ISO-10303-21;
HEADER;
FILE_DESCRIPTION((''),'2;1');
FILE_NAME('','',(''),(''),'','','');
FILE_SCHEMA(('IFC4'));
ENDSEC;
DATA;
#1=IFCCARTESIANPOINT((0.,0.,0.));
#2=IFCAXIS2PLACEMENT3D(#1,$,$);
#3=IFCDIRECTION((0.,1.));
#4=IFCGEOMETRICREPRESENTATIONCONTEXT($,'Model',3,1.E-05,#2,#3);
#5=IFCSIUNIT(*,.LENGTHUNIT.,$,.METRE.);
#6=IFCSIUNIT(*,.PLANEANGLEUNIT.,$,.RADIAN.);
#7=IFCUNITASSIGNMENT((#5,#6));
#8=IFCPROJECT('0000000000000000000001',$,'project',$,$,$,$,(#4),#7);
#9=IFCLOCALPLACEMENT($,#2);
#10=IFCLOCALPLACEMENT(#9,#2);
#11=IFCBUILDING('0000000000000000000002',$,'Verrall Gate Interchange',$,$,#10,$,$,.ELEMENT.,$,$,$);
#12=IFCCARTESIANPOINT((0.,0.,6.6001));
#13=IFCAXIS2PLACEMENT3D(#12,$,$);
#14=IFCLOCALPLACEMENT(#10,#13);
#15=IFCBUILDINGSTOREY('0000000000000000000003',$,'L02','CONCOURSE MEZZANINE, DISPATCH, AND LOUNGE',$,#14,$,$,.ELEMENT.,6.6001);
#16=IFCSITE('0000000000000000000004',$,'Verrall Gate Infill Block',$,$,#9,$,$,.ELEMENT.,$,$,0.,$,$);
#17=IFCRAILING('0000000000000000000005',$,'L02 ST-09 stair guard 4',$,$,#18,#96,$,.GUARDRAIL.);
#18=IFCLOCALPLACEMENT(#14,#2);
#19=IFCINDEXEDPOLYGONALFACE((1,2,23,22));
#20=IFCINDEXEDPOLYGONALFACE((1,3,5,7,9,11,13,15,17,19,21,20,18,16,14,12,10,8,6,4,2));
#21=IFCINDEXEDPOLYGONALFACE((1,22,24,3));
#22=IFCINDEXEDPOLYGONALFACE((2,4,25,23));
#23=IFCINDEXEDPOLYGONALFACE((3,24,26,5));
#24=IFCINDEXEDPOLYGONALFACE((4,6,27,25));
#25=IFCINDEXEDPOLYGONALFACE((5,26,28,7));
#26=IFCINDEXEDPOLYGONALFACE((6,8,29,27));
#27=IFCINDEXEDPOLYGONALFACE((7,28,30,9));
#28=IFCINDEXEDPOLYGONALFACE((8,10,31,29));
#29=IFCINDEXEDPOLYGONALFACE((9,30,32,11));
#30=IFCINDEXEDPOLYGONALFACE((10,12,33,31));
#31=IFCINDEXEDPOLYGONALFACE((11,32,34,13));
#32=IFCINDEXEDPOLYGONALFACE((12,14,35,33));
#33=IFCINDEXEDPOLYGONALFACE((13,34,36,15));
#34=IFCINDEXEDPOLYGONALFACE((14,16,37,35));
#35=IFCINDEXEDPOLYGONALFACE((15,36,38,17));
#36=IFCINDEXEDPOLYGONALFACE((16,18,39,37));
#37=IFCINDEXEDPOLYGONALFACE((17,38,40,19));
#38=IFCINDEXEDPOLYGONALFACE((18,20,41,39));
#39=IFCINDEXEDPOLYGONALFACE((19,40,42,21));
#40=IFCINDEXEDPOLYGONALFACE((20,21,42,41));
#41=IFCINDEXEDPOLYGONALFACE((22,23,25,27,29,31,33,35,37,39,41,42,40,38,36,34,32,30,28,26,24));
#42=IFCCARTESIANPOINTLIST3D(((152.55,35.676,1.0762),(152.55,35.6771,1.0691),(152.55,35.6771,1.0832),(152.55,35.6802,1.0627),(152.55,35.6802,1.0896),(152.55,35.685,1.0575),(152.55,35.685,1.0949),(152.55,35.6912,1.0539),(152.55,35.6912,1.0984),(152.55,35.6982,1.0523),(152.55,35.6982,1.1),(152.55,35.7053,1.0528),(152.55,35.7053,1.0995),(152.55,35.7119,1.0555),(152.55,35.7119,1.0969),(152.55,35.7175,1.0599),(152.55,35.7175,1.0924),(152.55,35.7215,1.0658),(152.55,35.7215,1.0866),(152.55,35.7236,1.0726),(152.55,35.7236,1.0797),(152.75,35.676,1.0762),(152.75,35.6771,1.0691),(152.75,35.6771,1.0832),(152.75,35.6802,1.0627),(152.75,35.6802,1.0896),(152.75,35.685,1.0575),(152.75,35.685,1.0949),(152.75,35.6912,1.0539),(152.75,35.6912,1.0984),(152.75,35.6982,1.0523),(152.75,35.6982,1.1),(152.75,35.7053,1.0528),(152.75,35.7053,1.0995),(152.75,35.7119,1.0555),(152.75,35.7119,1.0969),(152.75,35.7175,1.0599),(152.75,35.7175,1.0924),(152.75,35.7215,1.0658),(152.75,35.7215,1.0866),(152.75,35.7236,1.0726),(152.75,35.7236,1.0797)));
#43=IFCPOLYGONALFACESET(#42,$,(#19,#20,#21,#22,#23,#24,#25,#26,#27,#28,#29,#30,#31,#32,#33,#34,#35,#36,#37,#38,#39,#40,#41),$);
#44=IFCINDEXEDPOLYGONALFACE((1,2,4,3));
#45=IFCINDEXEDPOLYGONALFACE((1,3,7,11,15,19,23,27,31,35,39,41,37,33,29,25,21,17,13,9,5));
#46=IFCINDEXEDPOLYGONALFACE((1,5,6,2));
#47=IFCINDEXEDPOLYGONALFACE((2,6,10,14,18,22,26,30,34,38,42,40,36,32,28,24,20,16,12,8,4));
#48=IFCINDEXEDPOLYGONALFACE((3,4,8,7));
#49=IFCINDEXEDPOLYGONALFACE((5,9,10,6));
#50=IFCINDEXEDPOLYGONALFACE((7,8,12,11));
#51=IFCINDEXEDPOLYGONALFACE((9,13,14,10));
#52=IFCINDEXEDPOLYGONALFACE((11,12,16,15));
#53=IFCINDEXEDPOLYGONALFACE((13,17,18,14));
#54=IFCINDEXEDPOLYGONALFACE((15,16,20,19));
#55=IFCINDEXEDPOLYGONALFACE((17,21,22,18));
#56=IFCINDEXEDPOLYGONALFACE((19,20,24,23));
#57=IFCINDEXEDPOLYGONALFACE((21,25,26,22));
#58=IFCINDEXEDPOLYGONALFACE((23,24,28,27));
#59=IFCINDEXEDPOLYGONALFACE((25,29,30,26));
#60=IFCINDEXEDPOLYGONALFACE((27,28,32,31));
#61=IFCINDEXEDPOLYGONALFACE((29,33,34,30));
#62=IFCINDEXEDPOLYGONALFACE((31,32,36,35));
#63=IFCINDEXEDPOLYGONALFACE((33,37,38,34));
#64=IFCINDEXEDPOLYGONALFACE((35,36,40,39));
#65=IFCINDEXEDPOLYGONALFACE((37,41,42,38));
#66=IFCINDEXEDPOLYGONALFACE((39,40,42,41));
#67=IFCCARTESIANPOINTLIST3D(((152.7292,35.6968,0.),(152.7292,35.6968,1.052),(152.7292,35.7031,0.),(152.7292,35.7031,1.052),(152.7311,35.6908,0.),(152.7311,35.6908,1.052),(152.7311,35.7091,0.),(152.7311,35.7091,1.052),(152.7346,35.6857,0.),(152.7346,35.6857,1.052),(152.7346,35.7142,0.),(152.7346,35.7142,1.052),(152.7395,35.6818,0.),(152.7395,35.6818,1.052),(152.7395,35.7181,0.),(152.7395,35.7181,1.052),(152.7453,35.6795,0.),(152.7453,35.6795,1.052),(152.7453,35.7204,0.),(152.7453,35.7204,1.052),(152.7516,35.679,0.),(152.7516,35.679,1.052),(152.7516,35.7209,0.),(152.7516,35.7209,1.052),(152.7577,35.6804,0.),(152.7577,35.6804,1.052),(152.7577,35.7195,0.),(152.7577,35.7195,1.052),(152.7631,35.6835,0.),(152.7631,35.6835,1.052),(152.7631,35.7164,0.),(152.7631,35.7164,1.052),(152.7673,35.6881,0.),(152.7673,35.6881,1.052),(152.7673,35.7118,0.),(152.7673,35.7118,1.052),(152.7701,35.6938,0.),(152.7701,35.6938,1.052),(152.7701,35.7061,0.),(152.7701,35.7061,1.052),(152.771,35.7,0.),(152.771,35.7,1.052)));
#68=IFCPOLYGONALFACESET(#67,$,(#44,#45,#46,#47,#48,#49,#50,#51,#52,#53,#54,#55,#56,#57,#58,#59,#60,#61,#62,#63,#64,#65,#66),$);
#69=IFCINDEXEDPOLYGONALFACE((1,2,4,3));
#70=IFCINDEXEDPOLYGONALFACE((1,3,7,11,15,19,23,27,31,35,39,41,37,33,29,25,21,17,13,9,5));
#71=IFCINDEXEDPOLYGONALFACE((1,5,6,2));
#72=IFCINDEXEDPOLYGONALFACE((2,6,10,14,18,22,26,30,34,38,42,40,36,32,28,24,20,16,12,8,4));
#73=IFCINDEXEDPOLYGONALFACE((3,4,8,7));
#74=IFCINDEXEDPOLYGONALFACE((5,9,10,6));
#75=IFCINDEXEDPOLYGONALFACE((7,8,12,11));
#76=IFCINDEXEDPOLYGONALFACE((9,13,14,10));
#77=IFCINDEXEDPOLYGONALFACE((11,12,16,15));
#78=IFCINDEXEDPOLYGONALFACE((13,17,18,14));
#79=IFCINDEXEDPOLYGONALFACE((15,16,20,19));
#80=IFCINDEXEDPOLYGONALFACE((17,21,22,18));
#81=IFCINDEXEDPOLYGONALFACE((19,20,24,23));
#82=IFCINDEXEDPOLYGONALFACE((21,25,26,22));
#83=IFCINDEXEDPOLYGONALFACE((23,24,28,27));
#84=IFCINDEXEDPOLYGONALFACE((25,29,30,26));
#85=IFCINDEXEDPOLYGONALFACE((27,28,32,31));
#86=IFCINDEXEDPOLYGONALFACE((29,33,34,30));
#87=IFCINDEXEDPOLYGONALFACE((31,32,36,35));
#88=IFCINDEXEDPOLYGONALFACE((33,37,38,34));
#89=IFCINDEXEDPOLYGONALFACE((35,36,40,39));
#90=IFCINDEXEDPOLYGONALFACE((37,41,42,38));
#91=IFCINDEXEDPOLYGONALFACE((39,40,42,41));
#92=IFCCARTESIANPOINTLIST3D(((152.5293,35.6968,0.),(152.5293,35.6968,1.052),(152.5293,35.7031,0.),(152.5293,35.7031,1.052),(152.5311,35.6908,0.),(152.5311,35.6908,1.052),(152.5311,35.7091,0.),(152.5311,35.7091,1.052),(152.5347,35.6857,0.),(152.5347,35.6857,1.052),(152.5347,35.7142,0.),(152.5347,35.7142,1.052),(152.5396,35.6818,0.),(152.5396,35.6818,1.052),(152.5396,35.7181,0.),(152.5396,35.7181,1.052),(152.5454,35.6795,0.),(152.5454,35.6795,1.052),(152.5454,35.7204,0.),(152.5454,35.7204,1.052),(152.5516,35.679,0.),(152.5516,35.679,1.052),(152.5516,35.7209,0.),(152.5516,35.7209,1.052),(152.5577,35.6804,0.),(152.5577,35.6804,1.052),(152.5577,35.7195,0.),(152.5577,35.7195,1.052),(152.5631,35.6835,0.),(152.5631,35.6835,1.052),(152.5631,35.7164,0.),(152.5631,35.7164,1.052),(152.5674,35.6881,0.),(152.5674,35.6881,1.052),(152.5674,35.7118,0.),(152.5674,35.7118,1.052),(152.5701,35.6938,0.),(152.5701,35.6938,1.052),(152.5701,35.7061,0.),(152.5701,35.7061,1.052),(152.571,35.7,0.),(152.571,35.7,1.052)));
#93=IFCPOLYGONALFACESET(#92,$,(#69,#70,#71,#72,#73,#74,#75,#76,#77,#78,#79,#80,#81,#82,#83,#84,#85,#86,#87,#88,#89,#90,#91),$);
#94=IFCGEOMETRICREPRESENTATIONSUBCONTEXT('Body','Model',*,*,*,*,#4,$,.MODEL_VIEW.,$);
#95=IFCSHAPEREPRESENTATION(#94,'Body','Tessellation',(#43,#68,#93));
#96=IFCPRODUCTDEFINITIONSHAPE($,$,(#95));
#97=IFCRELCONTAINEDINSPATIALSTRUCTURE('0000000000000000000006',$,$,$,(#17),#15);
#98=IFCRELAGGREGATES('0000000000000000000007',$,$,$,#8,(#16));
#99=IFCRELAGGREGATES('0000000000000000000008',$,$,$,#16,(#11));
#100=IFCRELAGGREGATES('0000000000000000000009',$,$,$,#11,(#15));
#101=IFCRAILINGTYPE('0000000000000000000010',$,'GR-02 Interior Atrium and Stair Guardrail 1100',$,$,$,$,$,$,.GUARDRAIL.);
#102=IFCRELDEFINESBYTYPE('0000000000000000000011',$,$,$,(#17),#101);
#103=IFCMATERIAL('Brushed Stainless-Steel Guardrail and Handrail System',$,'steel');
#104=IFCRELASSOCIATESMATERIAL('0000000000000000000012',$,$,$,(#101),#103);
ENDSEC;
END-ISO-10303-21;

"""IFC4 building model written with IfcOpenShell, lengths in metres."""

from ifc_helpers import new_model, si_unit, direction, frame, origin, origin_2d, place, context, subcontext, project, spatial, circle, extrude, material, type_object, element, save


model = new_model("IFC4")

# Units and contexts
model_context = context("Model", 3, precision=1e-05, world=origin(), true_north=direction((0.0, 1.0)))
body_context = subcontext(model_context, "Body", "Model", "MODEL_VIEW")
ifc_project = project(units=[si_unit("LENGTHUNIT", "METRE"), si_unit("PLANEANGLEUNIT", "RADIAN")], contexts=[model_context])

# Site, building, storey
site_placement = place(None, origin())
site = spatial("IfcSite", under=ifc_project, at=site_placement, Name="Verrall Gate Infill Block", CompositionType="ELEMENT", RefElevation=0.0)
building_placement = place(site_placement, origin())
building = spatial("IfcBuilding", under=site, at=building_placement, Name="Verrall Gate Interchange", CompositionType="ELEMENT")
storey_placement = place(building_placement, frame((0.0, 0.0, 6.6001)))
storey = spatial("IfcBuildingStorey", under=building, at=storey_placement, Name="L02", Description="CONCOURSE MEZZANINE, DISPATCH, AND LOUNGE", CompositionType="ELEMENT", Elevation=6.6001)

# Railing
ifc_material_1 = material(Name="Brushed Stainless-Steel Guardrail and Handrail System", Category="steel")
railing_type_1 = type_object("IfcRailingType", Name="GR-02 Interior Atrium and Stair Guardrail 1100", PredefinedType="GUARDRAIL", material=ifc_material_1)
railing_1_placement = place(storey_placement, frame((152.75, 35.7, 0.0)))
element("IfcRailing", 1, at=railing_1_placement, inside=storey, type_object=railing_type_1, Name="L02 ST-09 stair guard 4", PredefinedType="GUARDRAIL", context=body_context, shape_type="SweptSolid", body=[
    extrude(circle(Radius=0.0239, at=origin_2d()), frame((0.0, 0.0, 1.0762), z_axis=(-1.0, 0.0, 0.0), x_axis=(0.0, -1.0, 0.0)), (0.0, 0.0, 1.0), 0.2),
    extrude(circle(Radius=0.021, at=origin_2d()), origin(), (0.0, 0.0, 1.0), 1.052),
    extrude(circle(Radius=0.021, at=origin_2d()), frame((-0.2, 0.0, 0.0)), (0.0, 0.0, 1.0), 1.052),
])

save(model, "model.ifc")
